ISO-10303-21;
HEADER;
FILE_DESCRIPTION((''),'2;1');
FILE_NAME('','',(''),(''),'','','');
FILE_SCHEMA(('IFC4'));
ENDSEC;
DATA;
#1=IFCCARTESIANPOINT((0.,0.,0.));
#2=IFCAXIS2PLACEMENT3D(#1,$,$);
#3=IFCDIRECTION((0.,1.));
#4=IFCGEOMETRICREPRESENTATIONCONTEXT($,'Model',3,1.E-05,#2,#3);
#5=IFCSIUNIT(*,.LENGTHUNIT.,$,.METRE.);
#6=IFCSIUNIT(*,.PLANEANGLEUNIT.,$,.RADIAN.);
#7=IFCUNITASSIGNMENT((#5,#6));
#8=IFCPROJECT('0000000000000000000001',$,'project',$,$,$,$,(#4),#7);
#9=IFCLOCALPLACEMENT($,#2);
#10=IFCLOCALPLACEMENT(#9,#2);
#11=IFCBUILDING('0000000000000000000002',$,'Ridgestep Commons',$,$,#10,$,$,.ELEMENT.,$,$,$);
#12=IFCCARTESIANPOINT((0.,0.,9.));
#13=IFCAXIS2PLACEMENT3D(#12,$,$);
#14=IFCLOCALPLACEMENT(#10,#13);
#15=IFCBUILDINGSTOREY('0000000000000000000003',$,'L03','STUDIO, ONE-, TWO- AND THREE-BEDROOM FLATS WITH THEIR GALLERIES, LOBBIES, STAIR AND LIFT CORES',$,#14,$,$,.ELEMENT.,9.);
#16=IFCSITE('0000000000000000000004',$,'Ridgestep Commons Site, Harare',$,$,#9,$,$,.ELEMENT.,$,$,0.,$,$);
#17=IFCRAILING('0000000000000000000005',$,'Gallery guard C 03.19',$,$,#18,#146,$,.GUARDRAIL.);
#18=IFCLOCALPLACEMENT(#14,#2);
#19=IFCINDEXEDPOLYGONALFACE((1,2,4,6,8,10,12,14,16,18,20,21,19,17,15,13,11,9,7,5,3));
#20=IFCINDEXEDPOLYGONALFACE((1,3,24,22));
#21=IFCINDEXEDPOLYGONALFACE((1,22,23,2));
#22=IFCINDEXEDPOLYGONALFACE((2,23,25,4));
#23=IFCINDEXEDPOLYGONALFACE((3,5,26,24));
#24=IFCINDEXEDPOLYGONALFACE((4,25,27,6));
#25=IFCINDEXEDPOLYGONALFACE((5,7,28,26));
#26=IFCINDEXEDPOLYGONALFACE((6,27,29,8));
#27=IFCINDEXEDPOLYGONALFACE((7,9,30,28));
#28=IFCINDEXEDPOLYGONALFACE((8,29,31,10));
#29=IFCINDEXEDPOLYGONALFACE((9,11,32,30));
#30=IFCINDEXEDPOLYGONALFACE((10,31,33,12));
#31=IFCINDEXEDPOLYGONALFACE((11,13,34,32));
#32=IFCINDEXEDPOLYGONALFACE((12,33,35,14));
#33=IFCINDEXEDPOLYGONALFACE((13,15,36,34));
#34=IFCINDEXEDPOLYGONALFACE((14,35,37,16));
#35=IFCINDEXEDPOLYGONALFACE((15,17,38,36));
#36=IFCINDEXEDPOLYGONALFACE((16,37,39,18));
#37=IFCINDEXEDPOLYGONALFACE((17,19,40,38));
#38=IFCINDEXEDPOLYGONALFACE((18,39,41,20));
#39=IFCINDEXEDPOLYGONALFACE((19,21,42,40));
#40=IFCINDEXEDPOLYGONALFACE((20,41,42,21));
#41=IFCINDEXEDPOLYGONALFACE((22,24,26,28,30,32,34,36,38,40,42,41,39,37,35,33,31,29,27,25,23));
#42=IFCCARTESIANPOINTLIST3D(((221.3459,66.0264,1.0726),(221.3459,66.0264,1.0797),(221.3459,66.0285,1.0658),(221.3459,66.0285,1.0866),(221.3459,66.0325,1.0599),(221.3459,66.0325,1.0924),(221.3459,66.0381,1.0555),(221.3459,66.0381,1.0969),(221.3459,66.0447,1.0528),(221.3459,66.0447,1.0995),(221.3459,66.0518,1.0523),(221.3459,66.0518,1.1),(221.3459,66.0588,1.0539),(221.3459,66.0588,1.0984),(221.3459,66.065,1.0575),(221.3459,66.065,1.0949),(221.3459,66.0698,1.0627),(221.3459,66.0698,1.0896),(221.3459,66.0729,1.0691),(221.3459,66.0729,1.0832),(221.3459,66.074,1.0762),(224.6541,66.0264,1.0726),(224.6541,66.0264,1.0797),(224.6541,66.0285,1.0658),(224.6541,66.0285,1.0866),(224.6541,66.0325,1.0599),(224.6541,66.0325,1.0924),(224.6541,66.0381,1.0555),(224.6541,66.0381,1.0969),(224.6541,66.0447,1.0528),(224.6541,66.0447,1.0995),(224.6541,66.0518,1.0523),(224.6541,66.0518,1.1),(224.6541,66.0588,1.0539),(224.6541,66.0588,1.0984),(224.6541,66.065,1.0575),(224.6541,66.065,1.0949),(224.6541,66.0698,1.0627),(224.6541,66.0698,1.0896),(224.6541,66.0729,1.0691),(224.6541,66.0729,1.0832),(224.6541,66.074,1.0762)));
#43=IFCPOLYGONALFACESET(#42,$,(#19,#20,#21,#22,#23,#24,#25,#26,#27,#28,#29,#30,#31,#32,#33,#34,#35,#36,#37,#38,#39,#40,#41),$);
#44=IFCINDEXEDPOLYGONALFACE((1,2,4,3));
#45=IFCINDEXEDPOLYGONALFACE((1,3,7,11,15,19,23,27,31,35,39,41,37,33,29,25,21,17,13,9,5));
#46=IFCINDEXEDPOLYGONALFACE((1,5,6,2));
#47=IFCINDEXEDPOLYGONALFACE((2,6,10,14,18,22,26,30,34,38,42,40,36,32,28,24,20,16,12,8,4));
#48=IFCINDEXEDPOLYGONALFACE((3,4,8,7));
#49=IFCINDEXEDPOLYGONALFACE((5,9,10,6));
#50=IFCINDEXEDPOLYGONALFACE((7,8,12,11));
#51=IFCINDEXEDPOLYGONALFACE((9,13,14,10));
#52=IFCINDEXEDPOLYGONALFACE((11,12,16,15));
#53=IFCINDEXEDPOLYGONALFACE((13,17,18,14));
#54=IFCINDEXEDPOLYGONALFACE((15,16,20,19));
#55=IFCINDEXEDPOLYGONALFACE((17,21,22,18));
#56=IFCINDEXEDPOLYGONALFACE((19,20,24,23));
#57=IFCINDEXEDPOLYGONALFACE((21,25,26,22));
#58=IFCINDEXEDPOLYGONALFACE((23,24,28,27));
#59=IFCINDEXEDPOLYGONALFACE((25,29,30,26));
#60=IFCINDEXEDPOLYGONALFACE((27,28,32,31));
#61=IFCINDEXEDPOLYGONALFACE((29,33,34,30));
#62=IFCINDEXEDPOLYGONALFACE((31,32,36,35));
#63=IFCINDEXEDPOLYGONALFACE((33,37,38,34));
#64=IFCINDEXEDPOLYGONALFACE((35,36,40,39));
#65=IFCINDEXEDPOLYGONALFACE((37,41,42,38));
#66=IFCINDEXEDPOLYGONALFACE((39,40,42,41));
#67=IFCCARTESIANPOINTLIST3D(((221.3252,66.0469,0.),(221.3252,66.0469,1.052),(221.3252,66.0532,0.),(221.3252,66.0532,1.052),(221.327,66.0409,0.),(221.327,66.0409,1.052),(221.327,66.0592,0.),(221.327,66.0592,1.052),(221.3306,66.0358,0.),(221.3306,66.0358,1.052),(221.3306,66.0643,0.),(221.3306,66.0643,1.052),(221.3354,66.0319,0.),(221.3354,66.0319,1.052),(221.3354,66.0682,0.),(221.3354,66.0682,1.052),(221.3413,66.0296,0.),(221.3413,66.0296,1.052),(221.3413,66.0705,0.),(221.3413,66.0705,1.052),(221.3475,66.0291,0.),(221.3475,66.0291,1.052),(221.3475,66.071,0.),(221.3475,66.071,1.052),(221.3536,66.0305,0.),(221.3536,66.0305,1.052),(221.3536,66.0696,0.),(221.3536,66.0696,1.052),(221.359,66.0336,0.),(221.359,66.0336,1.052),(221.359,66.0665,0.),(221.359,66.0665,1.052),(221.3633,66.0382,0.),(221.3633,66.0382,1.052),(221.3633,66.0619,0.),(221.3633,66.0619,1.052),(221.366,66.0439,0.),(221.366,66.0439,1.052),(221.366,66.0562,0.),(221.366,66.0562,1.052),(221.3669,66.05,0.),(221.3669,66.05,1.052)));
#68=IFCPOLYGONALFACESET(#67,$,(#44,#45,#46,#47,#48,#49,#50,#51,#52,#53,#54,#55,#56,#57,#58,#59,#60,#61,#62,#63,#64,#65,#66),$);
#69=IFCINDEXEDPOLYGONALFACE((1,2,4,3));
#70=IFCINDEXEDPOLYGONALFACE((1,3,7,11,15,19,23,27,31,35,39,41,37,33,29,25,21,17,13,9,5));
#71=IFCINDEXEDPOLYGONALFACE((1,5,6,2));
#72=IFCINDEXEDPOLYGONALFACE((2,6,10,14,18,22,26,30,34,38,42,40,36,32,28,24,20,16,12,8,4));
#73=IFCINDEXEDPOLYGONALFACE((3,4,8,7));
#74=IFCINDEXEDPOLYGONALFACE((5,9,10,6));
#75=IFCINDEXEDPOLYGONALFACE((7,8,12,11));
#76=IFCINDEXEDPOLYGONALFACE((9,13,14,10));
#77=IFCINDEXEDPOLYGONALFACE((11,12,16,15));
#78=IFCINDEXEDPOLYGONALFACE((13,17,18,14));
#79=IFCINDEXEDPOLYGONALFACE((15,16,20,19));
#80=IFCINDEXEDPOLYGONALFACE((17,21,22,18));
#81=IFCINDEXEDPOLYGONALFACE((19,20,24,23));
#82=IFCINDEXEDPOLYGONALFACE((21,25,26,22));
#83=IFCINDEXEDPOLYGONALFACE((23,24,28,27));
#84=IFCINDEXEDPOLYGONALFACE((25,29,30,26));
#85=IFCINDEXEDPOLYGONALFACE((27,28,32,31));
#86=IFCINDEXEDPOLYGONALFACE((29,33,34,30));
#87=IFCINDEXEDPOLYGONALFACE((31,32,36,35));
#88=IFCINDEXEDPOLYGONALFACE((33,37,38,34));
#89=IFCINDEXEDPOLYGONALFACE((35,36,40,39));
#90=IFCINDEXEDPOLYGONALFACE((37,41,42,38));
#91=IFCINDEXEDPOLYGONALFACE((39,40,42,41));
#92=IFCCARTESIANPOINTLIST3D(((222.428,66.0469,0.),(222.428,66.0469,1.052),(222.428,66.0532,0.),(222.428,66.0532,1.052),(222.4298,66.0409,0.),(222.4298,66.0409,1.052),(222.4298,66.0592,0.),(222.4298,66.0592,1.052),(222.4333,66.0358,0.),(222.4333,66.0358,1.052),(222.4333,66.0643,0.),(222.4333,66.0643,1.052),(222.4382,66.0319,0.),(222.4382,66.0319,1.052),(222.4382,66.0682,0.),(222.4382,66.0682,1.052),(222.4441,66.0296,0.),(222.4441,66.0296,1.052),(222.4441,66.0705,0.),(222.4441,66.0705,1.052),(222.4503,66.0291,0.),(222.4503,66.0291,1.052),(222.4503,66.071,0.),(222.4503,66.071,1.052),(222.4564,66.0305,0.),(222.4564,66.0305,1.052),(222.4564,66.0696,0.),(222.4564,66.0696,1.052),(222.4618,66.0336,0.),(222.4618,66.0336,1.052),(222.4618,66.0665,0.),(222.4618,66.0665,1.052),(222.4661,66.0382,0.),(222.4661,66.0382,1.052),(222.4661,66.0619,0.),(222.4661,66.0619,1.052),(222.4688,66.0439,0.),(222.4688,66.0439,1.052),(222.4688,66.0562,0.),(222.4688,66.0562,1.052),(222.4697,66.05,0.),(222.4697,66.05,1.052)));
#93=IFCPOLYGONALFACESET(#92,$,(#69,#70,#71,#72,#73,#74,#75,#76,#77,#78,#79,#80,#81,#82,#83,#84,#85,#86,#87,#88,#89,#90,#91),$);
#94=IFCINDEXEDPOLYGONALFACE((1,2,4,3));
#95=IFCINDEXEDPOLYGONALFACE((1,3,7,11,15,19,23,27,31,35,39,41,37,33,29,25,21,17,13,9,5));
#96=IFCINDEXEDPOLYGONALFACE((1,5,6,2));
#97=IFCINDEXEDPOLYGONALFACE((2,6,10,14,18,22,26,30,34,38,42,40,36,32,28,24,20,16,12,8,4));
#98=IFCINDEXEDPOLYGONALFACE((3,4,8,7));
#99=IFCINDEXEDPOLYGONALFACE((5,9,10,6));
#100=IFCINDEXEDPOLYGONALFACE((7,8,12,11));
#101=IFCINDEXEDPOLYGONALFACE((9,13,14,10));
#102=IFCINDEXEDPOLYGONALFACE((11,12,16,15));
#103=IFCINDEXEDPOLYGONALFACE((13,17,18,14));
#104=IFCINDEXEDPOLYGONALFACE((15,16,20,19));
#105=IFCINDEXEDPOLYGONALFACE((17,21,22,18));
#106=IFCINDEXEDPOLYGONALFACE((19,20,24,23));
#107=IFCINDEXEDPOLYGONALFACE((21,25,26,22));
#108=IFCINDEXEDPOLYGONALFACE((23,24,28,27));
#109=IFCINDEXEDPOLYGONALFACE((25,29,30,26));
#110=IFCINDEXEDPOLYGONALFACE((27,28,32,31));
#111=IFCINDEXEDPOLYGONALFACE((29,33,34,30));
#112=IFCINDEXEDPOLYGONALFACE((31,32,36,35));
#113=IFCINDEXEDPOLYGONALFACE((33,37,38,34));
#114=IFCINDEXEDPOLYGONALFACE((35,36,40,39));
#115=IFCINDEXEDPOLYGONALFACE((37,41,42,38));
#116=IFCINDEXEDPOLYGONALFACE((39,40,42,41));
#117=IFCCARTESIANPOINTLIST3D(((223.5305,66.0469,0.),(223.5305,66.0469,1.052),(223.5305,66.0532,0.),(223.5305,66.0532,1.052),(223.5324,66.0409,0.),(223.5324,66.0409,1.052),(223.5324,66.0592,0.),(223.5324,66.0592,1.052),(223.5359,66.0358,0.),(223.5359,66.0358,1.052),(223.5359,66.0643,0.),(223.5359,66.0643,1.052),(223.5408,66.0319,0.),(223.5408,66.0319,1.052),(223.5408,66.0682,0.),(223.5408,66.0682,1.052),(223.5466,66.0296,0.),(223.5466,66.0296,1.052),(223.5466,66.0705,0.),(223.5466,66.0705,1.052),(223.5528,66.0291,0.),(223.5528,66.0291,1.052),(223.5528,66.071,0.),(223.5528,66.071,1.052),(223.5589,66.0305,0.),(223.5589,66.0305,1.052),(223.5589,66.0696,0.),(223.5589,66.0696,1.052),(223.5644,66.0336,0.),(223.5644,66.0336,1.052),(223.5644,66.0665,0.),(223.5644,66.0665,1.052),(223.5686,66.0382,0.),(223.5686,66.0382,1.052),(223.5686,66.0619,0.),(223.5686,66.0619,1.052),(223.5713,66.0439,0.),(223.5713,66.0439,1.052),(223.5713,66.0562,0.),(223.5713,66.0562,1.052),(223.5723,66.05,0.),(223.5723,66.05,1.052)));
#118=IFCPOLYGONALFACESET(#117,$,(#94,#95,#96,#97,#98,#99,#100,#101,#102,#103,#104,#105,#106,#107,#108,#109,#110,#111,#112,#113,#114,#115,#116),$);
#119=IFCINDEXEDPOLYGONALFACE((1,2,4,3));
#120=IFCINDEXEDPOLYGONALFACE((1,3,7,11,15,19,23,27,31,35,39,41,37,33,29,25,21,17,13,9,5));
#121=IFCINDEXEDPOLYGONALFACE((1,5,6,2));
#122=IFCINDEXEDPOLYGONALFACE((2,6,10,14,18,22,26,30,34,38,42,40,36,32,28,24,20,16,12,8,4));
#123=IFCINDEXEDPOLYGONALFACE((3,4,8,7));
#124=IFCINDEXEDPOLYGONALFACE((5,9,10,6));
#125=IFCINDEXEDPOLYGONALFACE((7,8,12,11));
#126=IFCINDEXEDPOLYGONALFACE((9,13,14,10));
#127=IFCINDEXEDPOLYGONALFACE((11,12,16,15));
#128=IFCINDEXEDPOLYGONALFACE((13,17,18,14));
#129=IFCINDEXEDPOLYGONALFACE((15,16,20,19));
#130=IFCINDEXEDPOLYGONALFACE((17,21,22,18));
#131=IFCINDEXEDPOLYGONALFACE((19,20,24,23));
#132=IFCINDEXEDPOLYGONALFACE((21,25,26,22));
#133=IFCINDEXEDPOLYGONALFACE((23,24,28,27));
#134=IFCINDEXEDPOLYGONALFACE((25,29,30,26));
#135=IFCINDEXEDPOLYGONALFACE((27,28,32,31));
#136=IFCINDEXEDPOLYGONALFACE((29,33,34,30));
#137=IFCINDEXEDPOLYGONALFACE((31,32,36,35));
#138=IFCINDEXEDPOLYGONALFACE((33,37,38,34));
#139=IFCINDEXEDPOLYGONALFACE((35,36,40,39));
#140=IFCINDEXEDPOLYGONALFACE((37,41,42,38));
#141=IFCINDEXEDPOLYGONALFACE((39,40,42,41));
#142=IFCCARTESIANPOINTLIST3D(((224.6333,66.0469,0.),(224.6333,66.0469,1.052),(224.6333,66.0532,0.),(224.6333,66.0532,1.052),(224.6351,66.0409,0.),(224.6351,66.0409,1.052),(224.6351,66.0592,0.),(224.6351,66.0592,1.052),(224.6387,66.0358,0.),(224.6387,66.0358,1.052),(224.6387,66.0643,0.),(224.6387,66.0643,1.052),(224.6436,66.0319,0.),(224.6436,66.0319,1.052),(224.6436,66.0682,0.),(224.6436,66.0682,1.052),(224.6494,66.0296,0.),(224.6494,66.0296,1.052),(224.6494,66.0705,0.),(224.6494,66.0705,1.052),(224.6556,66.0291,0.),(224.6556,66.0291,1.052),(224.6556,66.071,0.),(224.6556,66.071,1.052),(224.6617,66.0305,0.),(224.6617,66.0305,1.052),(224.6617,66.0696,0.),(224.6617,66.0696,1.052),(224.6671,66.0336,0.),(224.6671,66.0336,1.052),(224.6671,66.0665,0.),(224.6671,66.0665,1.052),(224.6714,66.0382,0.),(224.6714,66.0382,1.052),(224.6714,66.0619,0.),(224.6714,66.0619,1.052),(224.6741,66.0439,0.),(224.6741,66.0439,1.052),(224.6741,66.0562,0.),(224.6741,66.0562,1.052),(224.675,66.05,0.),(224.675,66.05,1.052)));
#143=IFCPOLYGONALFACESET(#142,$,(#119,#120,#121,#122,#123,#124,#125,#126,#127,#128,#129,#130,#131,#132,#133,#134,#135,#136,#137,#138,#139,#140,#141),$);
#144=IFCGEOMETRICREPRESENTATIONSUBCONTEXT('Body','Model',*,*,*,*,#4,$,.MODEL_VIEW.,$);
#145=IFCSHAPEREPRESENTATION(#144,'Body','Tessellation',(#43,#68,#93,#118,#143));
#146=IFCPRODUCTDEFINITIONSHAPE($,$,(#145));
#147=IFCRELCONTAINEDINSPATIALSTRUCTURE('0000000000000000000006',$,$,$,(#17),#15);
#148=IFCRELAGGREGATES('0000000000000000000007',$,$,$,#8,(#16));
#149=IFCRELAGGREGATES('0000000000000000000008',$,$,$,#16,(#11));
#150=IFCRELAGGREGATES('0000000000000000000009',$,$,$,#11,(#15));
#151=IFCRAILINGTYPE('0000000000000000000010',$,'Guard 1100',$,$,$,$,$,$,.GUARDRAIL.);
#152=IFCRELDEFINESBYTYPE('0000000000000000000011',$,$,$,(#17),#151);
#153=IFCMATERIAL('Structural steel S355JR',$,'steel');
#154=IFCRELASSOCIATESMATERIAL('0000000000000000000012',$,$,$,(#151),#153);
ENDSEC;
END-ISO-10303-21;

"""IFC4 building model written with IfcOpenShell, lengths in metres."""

from ifc_helpers import new_model, si_unit, direction, frame, origin, origin_2d, place, context, subcontext, project, spatial, circle, extrude, material, type_object, element, save


model = new_model("IFC4")

# Units and contexts
model_context = context("Model", 3, precision=1e-05, world=origin(), true_north=direction((0.0, 1.0)))
body_context = subcontext(model_context, "Body", "Model", "MODEL_VIEW")
ifc_project = project(units=[si_unit("LENGTHUNIT", "METRE"), si_unit("PLANEANGLEUNIT", "RADIAN")], contexts=[model_context])

# Site, building, storey
site_placement = place(None, origin())
site = spatial("IfcSite", under=ifc_project, at=site_placement, Name="Ridgestep Commons Site, Harare", CompositionType="ELEMENT", RefElevation=0.0)
building_placement = place(site_placement, origin())
building = spatial("IfcBuilding", under=site, at=building_placement, Name="Ridgestep Commons", CompositionType="ELEMENT")
storey_placement = place(building_placement, frame((0.0, 0.0, 9.0)))
storey = spatial("IfcBuildingStorey", under=building, at=storey_placement, Name="L03", Description="STUDIO, ONE-, TWO- AND THREE-BEDROOM FLATS WITH THEIR GALLERIES, LOBBIES, STAIR AND LIFT CORES", CompositionType="ELEMENT", Elevation=9.0)

# Railing
ifc_material_1 = material(Name="Structural steel S355JR", Category="steel")
railing_type = type_object("IfcRailingType", Name="Guard 1100", PredefinedType="GUARDRAIL", material=ifc_material_1)
railing_1_placement = place(storey_placement, frame((221.3459, 66.05, 0.0)))
element("IfcRailing", 1, at=railing_1_placement, inside=storey, type_object=railing_type, Name="Gallery guard C 03.19", PredefinedType="GUARDRAIL", context=body_context, shape_type="SweptSolid", body=[
    extrude(circle(Radius=0.0239, at=origin_2d()), frame((0.0, 0.0, 1.0762), z_axis=(1.0, 0.0, 0.0), x_axis=(0.0, 1.0, 0.0)), (0.0, 0.0, 1.0), 3.3081),
    extrude(circle(Radius=0.021, at=origin_2d()), origin(), (0.0, 0.0, 1.0), 1.052),
    extrude(circle(Radius=0.021, at=origin_2d()), frame((1.1028, 0.0, 0.0)), (0.0, 0.0, 1.0), 1.052),
    extrude(circle(Radius=0.021, at=origin_2d()), frame((2.2053, 0.0, 0.0)), (0.0, 0.0, 1.0), 1.052),
    extrude(circle(Radius=0.021, at=origin_2d()), frame((3.3081, 0.0, 0.0)), (0.0, 0.0, 1.0), 1.052),
])

save(model, "model.ifc")
